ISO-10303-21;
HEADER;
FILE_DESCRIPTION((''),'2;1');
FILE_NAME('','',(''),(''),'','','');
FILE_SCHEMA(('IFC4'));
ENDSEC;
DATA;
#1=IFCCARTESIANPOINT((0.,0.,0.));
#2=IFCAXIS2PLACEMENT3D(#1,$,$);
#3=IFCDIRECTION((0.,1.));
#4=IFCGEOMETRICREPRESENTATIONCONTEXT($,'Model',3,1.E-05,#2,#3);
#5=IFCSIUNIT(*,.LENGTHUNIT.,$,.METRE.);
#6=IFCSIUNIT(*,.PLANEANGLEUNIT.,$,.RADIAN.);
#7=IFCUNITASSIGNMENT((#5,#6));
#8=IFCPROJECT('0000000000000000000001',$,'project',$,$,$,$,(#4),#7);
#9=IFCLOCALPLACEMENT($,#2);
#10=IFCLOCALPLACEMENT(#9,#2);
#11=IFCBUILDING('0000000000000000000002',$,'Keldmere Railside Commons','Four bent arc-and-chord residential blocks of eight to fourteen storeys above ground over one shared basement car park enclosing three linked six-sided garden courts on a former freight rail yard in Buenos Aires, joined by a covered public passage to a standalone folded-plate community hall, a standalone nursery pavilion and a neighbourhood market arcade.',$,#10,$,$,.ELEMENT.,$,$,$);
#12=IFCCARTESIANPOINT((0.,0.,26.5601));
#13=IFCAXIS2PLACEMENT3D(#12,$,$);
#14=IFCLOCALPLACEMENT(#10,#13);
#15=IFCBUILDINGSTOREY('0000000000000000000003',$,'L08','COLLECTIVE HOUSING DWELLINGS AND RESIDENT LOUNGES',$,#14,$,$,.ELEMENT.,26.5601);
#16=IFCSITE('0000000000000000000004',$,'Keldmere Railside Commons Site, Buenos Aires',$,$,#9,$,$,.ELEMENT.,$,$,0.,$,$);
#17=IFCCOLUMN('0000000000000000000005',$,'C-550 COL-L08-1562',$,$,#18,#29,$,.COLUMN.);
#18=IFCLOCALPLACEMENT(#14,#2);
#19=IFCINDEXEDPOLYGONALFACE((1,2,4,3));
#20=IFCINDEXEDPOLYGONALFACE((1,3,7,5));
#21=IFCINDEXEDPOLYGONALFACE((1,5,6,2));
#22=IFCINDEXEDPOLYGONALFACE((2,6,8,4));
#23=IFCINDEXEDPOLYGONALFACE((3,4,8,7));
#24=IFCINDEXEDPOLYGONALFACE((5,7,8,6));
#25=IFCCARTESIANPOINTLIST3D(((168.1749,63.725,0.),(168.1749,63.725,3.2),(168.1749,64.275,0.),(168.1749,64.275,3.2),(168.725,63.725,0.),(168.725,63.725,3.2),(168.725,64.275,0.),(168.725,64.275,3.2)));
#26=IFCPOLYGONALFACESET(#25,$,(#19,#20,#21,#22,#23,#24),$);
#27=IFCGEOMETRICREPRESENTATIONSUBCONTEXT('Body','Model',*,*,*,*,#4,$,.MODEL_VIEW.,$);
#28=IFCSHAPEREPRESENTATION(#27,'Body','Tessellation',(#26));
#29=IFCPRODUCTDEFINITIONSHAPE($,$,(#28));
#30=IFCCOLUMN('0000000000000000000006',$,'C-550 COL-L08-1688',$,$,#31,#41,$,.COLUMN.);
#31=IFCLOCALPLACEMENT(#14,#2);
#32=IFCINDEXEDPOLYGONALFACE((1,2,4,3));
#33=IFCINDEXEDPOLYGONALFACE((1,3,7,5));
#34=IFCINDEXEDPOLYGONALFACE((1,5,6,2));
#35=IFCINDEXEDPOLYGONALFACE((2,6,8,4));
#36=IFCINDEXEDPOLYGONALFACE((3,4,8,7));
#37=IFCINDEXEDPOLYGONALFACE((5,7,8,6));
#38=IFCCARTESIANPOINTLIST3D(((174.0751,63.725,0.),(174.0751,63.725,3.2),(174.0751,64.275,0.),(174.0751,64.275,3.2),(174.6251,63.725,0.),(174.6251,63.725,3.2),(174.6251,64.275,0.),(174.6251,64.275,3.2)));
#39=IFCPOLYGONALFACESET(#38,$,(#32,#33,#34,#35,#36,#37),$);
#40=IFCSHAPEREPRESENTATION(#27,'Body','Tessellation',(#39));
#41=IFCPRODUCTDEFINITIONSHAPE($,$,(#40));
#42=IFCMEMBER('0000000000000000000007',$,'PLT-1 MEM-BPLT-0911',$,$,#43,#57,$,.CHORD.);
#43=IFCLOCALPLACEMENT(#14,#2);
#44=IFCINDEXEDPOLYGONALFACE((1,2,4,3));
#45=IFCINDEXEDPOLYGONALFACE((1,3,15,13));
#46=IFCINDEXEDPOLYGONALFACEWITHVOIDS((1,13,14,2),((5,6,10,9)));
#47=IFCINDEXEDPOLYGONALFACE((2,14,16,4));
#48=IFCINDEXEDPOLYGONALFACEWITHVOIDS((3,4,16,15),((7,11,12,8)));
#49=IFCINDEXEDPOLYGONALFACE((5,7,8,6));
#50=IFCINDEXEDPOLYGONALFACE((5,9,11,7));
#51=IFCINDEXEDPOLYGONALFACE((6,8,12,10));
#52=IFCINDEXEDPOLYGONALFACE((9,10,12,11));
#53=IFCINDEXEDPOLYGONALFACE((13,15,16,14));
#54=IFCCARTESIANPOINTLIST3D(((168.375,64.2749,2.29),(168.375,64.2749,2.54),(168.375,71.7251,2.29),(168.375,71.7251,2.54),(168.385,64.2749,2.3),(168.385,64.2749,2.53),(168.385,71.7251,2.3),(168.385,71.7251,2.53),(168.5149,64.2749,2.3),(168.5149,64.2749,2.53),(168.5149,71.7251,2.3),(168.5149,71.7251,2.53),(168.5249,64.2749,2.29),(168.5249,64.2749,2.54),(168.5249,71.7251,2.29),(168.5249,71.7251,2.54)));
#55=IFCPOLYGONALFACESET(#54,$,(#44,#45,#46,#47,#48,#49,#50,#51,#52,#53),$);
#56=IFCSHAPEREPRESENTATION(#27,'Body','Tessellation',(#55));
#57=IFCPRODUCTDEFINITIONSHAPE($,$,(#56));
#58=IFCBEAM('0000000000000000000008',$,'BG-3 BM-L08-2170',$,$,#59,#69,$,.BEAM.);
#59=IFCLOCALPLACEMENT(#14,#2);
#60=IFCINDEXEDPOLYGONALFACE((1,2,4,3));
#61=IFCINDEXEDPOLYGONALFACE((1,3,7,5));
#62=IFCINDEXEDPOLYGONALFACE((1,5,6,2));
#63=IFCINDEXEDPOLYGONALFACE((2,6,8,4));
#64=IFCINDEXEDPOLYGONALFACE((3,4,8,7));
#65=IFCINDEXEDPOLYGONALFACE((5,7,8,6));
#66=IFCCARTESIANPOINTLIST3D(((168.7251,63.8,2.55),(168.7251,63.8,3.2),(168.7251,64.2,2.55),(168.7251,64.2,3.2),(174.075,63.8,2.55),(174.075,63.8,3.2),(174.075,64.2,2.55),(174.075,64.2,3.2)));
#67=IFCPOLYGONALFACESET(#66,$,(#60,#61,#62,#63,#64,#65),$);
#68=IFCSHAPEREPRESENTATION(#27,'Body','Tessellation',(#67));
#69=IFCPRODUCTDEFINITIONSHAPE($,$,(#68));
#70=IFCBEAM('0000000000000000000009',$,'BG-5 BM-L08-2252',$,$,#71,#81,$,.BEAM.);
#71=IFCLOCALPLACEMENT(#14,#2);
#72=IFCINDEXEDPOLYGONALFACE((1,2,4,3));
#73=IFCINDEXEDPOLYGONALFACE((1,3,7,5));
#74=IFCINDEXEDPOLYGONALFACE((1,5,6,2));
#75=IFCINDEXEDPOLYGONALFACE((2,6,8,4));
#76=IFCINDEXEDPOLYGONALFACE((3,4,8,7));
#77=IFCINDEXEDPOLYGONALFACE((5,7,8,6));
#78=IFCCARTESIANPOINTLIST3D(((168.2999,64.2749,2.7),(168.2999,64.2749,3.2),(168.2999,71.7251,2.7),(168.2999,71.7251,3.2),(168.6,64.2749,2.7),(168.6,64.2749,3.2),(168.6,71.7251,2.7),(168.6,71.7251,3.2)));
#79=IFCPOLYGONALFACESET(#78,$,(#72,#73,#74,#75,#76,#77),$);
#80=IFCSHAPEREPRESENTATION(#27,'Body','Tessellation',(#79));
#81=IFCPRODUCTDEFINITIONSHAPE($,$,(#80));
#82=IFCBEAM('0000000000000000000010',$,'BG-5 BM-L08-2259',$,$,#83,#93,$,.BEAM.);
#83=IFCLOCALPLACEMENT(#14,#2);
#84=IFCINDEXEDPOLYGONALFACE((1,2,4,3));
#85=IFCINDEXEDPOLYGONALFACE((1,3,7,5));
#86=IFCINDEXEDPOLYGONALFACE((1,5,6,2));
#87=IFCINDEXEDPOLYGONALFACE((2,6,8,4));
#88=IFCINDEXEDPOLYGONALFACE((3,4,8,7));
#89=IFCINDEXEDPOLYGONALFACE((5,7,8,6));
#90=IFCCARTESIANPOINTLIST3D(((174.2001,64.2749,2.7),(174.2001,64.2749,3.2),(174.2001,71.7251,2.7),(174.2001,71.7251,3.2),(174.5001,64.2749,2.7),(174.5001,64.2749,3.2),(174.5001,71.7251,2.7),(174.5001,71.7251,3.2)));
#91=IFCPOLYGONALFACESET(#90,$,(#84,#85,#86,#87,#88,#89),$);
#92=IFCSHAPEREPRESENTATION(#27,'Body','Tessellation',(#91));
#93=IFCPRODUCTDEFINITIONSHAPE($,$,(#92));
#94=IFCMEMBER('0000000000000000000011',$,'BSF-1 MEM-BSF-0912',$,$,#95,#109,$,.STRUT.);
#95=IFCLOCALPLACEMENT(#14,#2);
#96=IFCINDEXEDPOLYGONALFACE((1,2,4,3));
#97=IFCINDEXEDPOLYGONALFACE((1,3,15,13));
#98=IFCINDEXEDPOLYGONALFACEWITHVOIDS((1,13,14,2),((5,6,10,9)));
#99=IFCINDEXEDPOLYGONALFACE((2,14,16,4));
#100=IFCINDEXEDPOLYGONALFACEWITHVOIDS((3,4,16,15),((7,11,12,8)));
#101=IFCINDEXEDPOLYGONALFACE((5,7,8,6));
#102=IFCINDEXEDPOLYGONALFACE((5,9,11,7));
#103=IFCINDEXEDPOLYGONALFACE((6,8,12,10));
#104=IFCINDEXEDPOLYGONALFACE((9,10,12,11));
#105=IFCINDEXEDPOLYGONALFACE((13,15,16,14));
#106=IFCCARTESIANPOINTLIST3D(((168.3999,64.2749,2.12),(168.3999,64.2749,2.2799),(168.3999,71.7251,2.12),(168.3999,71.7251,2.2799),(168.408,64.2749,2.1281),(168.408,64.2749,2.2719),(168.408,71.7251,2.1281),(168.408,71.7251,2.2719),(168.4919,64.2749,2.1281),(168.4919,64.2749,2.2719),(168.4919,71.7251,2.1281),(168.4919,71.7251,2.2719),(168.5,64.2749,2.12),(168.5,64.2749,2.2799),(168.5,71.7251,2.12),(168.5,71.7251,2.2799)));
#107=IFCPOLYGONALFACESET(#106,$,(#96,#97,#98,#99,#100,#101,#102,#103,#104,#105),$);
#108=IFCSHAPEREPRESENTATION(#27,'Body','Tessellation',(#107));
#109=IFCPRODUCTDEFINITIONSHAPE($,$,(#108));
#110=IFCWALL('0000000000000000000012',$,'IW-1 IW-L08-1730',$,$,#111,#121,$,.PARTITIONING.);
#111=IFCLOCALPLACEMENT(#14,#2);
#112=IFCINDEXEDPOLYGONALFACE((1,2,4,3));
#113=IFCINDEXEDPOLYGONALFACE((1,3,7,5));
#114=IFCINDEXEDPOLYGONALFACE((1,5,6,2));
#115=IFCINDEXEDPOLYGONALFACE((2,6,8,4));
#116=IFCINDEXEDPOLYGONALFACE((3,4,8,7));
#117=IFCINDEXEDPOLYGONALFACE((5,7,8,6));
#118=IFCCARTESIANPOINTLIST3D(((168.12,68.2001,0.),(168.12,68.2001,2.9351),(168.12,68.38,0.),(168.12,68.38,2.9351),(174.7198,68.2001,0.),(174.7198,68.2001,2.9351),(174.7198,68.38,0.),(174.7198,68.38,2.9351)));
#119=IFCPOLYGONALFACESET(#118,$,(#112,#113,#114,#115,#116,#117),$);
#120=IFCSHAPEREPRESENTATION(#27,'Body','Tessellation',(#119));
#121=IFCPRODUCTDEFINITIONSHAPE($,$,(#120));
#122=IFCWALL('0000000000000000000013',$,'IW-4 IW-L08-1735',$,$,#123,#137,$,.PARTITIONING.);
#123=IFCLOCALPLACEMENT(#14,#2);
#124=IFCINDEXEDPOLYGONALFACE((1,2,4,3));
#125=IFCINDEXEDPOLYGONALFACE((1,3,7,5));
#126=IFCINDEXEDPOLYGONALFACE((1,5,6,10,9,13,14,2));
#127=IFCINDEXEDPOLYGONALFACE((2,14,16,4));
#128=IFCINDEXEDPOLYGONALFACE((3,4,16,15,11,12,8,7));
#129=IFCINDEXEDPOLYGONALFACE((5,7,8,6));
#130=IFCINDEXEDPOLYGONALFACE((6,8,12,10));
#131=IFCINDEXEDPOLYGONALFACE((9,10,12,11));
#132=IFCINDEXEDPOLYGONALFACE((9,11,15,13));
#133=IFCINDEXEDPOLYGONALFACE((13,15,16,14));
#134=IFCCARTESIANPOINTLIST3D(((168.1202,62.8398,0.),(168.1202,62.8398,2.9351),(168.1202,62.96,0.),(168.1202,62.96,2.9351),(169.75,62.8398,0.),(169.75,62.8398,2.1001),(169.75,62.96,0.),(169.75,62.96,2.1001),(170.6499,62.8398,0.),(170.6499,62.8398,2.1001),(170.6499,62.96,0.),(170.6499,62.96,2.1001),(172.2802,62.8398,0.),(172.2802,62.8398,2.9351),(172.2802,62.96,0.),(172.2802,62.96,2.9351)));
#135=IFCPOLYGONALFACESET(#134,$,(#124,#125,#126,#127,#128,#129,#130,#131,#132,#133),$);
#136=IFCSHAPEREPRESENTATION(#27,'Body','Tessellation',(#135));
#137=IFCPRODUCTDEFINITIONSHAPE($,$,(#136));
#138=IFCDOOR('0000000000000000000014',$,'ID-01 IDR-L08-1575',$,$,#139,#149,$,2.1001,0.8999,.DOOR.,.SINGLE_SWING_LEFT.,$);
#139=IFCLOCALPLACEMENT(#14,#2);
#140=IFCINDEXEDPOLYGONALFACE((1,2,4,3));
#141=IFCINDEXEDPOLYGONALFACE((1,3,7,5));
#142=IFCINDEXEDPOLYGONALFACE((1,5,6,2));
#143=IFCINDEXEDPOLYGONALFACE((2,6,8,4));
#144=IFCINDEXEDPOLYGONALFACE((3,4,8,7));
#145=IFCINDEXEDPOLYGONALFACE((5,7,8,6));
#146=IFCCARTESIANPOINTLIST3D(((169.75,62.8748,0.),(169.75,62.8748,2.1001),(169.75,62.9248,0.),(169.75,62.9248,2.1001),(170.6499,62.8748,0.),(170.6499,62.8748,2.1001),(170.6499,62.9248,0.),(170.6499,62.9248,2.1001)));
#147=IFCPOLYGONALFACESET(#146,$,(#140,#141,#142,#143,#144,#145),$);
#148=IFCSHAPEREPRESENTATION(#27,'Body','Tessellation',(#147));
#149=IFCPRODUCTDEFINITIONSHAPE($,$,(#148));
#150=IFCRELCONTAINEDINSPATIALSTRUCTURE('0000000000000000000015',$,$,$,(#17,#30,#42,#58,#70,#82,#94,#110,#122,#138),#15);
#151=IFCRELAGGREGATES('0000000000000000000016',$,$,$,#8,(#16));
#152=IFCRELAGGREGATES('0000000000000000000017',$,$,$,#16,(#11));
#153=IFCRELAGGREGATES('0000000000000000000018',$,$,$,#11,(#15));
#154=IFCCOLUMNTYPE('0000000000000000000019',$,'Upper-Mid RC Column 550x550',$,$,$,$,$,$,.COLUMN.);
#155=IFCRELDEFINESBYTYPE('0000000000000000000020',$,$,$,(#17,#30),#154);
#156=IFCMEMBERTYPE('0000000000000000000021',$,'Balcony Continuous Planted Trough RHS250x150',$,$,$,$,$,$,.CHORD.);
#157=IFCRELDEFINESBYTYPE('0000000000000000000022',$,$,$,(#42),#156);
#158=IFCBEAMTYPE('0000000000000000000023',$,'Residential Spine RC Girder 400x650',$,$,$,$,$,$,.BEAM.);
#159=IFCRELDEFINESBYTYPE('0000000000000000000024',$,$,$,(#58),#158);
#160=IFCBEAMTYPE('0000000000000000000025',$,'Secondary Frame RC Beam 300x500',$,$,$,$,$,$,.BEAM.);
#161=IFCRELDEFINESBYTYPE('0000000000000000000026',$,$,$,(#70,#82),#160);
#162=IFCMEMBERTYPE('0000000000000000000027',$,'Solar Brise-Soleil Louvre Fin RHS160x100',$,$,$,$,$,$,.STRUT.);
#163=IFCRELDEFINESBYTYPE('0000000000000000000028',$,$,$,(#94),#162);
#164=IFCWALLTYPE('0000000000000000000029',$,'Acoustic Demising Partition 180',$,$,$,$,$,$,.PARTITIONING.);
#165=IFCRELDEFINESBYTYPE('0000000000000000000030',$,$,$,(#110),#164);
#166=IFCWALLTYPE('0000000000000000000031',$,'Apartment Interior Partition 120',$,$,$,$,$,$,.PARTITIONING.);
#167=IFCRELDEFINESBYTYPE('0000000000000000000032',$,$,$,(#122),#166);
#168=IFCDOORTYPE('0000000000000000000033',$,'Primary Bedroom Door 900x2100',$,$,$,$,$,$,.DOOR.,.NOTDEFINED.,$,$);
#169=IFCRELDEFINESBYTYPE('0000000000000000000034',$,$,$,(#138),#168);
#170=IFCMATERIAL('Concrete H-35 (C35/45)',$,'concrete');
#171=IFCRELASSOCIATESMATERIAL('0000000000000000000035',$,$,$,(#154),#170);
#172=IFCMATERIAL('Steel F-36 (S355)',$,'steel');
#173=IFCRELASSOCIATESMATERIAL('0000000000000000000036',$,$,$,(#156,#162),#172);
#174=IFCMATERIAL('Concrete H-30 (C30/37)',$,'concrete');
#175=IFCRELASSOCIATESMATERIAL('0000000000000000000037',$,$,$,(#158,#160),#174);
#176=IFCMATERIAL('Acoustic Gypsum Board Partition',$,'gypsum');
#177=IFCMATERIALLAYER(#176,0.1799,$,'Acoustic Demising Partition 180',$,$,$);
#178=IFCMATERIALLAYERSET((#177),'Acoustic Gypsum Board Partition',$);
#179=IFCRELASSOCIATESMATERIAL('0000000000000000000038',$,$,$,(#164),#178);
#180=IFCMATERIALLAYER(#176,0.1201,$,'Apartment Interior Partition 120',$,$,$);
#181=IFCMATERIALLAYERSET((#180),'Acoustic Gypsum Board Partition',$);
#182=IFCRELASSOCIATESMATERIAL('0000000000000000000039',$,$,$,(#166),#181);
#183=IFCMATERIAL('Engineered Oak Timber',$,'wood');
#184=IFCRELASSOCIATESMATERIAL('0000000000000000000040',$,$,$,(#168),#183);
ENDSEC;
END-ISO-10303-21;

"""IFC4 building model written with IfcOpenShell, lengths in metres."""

from ifc_helpers import new_model, si_unit, direction, frame, frame_2d, origin, origin_2d, place, context, subcontext, project, spatial, rectangle, hollow_rectangle, extrude, material, layer, layer_set, material_profile, profile_set, type_object, element, fill, save


model = new_model("IFC4")

# Units and contexts
model_context = context("Model", 3, precision=1e-05, world=origin(), true_north=direction((0.0, 1.0)))
body_context = subcontext(model_context, "Body", "Model", "MODEL_VIEW")
ifc_project = project(units=[si_unit("LENGTHUNIT", "METRE"), si_unit("PLANEANGLEUNIT", "RADIAN")], contexts=[model_context])

# Site, building, storey
site_placement = place(None, origin())
site = spatial("IfcSite", under=ifc_project, at=site_placement, Name="Keldmere Railside Commons Site, Buenos Aires", CompositionType="ELEMENT", RefElevation=0.0)
building_placement = place(site_placement, origin())
building = spatial("IfcBuilding", under=site, at=building_placement, Name="Keldmere Railside Commons", Description="Four bent arc-and-chord residential blocks of eight to fourteen storeys above ground over one shared basement car park enclosing three linked six-sided garden courts on a former freight rail yard in Buenos Aires, joined by a covered public passage to a standalone folded-plate community hall, a standalone nursery pavilion and a neighbourhood market arcade.", CompositionType="ELEMENT")
storey_placement = place(building_placement, frame((0.0, 0.0, 26.5601)))
storey = spatial("IfcBuildingStorey", under=building, at=storey_placement, Name="L08", Description="COLLECTIVE HOUSING DWELLINGS AND RESIDENT LOUNGES", CompositionType="ELEMENT", Elevation=26.5601)

# Columns
ifc_material_1 = material(Name="Concrete H-35 (C35/45)", Category="concrete")
ifc_material_profile_1 = material_profile(ifc_material_1, rectangle(XDim=0.55, YDim=0.55, at=origin_2d()), Name="RC-550x550")
ifc_profile_set_1 = profile_set([ifc_material_profile_1], Name="Concrete H-35 (C35/45)")
column_type = type_object("IfcColumnType", Name="Upper-Mid RC Column 550x550", PredefinedType="COLUMN", material=ifc_profile_set_1)
for number, where, z_axis, x_axis, name in (
    (1, (168.45, 64.0, 0.0), (0.0, 0.0, 1.0), (1.0, 0.0, 0.0), "C-550 COL-L08-1562"),
    (2, (174.3501, 64.0, 0.0), (0.0, 0.0, 1.0), (1.0, 0.0, 0.0), "C-550 COL-L08-1688"),
):
    element("IfcColumn", number, at=place(storey_placement, frame(where, z_axis=z_axis, x_axis=x_axis)), inside=storey, type_object=column_type, Name=name, PredefinedType="COLUMN", context=body_context, shape_type="SweptSolid", body=[
        extrude(rectangle(XDim=0.55, YDim=0.55, at=origin_2d()), origin(), (0.0, 0.0, 1.0), 3.2),
    ])

# Member
ifc_material_2 = material(Name="Steel F-36 (S355)", Category="steel")
ifc_material_profile_2 = material_profile(ifc_material_2, hollow_rectangle(XDim=0.1499, YDim=0.25, WallThickness=0.01, at=origin_2d()), Name="RHS-250x150x10")
ifc_profile_set_2 = profile_set([ifc_material_profile_2], Name="Steel F-36 (S355)")
member_type_1 = type_object("IfcMemberType", Name="Balcony Continuous Planted Trough RHS250x150", PredefinedType="CHORD", material=ifc_profile_set_2)
member_1_placement = place(storey_placement, frame((168.45, 64.2749, 2.415), z_axis=(0.0, 1.0, 0.0), x_axis=(-1.0, 0.0, 0.0)))
element("IfcMember", 3, at=member_1_placement, inside=storey, type_object=member_type_1, Name="PLT-1 MEM-BPLT-0911", PredefinedType="CHORD", context=body_context, shape_type="SweptSolid", body=[
    extrude(hollow_rectangle(XDim=0.1499, YDim=0.25, WallThickness=0.01, at=origin_2d()), origin(), (0.0, 0.0, 1.0), 7.4502),
])

# Beams
ifc_material_3 = material(Name="Concrete H-30 (C30/37)", Category="concrete")
ifc_material_profile_3 = material_profile(ifc_material_3, rectangle(XDim=0.3999, YDim=0.6499, at=origin_2d()), Name="RC-400x650")
ifc_profile_set_3 = profile_set([ifc_material_profile_3], Name="Concrete H-30 (C30/37)")
beam_type_1 = type_object("IfcBeamType", Name="Residential Spine RC Girder 400x650", PredefinedType="BEAM", material=ifc_profile_set_3)
beam_placement = place(storey_placement, frame((168.7251, 64.0, 2.875), z_axis=(1.0, 0.0, 0.0), x_axis=(0.0, 1.0, 0.0)))
element("IfcBeam", 4, at=beam_placement, inside=storey, type_object=beam_type_1, Name="BG-3 BM-L08-2170", PredefinedType="BEAM", context=body_context, shape_type="SweptSolid", body=[
    extrude(rectangle(XDim=0.3999, YDim=0.6499, at=origin_2d()), origin(), (0.0, 0.0, 1.0), 5.3499),
])
ifc_material_profile_4 = material_profile(ifc_material_3, rectangle(XDim=0.3, YDim=0.5, at=origin_2d()), Name="RC-300x500")
ifc_profile_set_4 = profile_set([ifc_material_profile_4], Name="Concrete H-30 (C30/37)")
beam_type_2 = type_object("IfcBeamType", Name="Secondary Frame RC Beam 300x500", PredefinedType="BEAM", material=ifc_profile_set_4)
for number, where, z_axis, x_axis, name in (
    (5, (168.45, 64.2749, 2.95), (0.0, 1.0, 0.0), (-1.0, 0.0, 0.0), "BG-5 BM-L08-2252"),
    (6, (174.3501, 64.2749, 2.95), (0.0, 1.0, 0.0), (-1.0, 0.0, 0.0), "BG-5 BM-L08-2259"),
):
    element("IfcBeam", number, at=place(storey_placement, frame(where, z_axis=z_axis, x_axis=x_axis)), inside=storey, type_object=beam_type_2, Name=name, PredefinedType="BEAM", context=body_context, shape_type="SweptSolid", body=[
        extrude(rectangle(XDim=0.3, YDim=0.5, at=origin_2d()), origin(), (0.0, 0.0, 1.0), 7.4502),
    ])

# Member
ifc_material_profile_5 = material_profile(ifc_material_2, hollow_rectangle(XDim=0.1001, YDim=0.1599, WallThickness=0.0081, at=origin_2d()), Name="RHS-160x100x8")
ifc_profile_set_5 = profile_set([ifc_material_profile_5], Name="Steel F-36 (S355)")
member_type_2 = type_object("IfcMemberType", Name="Solar Brise-Soleil Louvre Fin RHS160x100", PredefinedType="STRUT", material=ifc_profile_set_5)
member_2_placement = place(storey_placement, frame((168.45, 64.2749, 2.2), z_axis=(0.0, 1.0, 0.0), x_axis=(-1.0, 0.0, 0.0)))
element("IfcMember", 7, at=member_2_placement, inside=storey, type_object=member_type_2, Name="BSF-1 MEM-BSF-0912", PredefinedType="STRUT", context=body_context, shape_type="SweptSolid", body=[
    extrude(hollow_rectangle(XDim=0.1001, YDim=0.1599, WallThickness=0.0081, at=origin_2d()), origin(), (0.0, 0.0, 1.0), 7.4502),
])

# Wall
ifc_material_4 = material(Name="Acoustic Gypsum Board Partition", Category="gypsum")
ifc_layer_1 = layer(ifc_material_4, 0.1799, Name="Acoustic Demising Partition 180")
ifc_layer_set_1 = layer_set([ifc_layer_1], Name="Acoustic Gypsum Board Partition")
wall_type_1 = type_object("IfcWallType", Name="Acoustic Demising Partition 180", PredefinedType="PARTITIONING", material=ifc_layer_set_1)
wall_1_placement = place(storey_placement, frame((168.1201, 68.29, 0.0), z_axis=(0.0, 0.0, 1.0), x_axis=(1.0, 0.0, 0.0)))
element("IfcWall", 8, at=wall_1_placement, inside=storey, type_object=wall_type_1, Name="IW-1 IW-L08-1730", PredefinedType="PARTITIONING", context=body_context, shape_type="SweptSolid", body=[
    extrude(rectangle(XDim=6.5999, YDim=0.1799, at=frame_2d((3.2998, 0.0))), origin(), (0.0, 0.0, 1.0), 2.9351),
])

# Wall, opening, door
ifc_layer_2 = layer(ifc_material_4, 0.1201, Name="Apartment Interior Partition 120")
ifc_layer_set_2 = layer_set([ifc_layer_2], Name="Acoustic Gypsum Board Partition")
wall_type_2 = type_object("IfcWallType", Name="Apartment Interior Partition 120", PredefinedType="PARTITIONING", material=ifc_layer_set_2)
wall_2_placement = place(storey_placement, frame((168.1201, 62.8999, 0.0), z_axis=(0.0, 0.0, 1.0), x_axis=(1.0, 0.0, 0.0)))
wall_2 = element("IfcWall", 9, at=wall_2_placement, inside=storey, type_object=wall_type_2, Name="IW-4 IW-L08-1735", PredefinedType="PARTITIONING", context=body_context, shape_type="SweptSolid", body=[
    extrude(rectangle(XDim=4.1599, YDim=0.1201, at=frame_2d((2.0801, 0.0))), origin(), (0.0, 0.0, 1.0), 2.9351),
])
opening_1_placement = place(wall_2_placement, frame((1.6299, 0.0, 0.0)))
opening_1 = element("IfcOpeningElement", 10, at=opening_1_placement, cuts=wall_2, PredefinedType="OPENING", context=body_context, shape_type="SweptSolid", body=[
    extrude(rectangle(XDim=0.8999, YDim=2.1001, at=frame_2d((0.45, 1.05))), frame((0.0, 0.0701, 0.0), z_axis=(0.0, -1.0, 0.0), x_axis=(1.0, 0.0, 0.0)), (0.0, 0.0, 1.0), 0.1401),
])
ifc_material_5 = material(Name="Engineered Oak Timber", Category="wood")
door_type_1 = type_object("IfcDoorType", Name="Primary Bedroom Door 900x2100", OperationType="NOTDEFINED", PredefinedType="DOOR", material=ifc_material_5)
door_1_placement = place(opening_1_placement, origin())
door_1 = element("IfcDoor", 11, at=door_1_placement, inside=storey, type_object=door_type_1, Name="ID-01 IDR-L08-1575", OperationType="SINGLE_SWING_LEFT", OverallHeight=2.1001, OverallWidth=0.8999, PredefinedType="DOOR", context=body_context, shape_type="SweptSolid", body=[
    extrude(rectangle(XDim=0.8999, YDim=2.1001, at=frame_2d((0.45, 1.05))), frame((0.0, 0.0249, 0.0), z_axis=(0.0, -1.0, 0.0), x_axis=(1.0, 0.0, 0.0)), (0.0, 0.0, 1.0), 0.05),
])
fill(opening_1, door_1)

save(model, "model.ifc")
